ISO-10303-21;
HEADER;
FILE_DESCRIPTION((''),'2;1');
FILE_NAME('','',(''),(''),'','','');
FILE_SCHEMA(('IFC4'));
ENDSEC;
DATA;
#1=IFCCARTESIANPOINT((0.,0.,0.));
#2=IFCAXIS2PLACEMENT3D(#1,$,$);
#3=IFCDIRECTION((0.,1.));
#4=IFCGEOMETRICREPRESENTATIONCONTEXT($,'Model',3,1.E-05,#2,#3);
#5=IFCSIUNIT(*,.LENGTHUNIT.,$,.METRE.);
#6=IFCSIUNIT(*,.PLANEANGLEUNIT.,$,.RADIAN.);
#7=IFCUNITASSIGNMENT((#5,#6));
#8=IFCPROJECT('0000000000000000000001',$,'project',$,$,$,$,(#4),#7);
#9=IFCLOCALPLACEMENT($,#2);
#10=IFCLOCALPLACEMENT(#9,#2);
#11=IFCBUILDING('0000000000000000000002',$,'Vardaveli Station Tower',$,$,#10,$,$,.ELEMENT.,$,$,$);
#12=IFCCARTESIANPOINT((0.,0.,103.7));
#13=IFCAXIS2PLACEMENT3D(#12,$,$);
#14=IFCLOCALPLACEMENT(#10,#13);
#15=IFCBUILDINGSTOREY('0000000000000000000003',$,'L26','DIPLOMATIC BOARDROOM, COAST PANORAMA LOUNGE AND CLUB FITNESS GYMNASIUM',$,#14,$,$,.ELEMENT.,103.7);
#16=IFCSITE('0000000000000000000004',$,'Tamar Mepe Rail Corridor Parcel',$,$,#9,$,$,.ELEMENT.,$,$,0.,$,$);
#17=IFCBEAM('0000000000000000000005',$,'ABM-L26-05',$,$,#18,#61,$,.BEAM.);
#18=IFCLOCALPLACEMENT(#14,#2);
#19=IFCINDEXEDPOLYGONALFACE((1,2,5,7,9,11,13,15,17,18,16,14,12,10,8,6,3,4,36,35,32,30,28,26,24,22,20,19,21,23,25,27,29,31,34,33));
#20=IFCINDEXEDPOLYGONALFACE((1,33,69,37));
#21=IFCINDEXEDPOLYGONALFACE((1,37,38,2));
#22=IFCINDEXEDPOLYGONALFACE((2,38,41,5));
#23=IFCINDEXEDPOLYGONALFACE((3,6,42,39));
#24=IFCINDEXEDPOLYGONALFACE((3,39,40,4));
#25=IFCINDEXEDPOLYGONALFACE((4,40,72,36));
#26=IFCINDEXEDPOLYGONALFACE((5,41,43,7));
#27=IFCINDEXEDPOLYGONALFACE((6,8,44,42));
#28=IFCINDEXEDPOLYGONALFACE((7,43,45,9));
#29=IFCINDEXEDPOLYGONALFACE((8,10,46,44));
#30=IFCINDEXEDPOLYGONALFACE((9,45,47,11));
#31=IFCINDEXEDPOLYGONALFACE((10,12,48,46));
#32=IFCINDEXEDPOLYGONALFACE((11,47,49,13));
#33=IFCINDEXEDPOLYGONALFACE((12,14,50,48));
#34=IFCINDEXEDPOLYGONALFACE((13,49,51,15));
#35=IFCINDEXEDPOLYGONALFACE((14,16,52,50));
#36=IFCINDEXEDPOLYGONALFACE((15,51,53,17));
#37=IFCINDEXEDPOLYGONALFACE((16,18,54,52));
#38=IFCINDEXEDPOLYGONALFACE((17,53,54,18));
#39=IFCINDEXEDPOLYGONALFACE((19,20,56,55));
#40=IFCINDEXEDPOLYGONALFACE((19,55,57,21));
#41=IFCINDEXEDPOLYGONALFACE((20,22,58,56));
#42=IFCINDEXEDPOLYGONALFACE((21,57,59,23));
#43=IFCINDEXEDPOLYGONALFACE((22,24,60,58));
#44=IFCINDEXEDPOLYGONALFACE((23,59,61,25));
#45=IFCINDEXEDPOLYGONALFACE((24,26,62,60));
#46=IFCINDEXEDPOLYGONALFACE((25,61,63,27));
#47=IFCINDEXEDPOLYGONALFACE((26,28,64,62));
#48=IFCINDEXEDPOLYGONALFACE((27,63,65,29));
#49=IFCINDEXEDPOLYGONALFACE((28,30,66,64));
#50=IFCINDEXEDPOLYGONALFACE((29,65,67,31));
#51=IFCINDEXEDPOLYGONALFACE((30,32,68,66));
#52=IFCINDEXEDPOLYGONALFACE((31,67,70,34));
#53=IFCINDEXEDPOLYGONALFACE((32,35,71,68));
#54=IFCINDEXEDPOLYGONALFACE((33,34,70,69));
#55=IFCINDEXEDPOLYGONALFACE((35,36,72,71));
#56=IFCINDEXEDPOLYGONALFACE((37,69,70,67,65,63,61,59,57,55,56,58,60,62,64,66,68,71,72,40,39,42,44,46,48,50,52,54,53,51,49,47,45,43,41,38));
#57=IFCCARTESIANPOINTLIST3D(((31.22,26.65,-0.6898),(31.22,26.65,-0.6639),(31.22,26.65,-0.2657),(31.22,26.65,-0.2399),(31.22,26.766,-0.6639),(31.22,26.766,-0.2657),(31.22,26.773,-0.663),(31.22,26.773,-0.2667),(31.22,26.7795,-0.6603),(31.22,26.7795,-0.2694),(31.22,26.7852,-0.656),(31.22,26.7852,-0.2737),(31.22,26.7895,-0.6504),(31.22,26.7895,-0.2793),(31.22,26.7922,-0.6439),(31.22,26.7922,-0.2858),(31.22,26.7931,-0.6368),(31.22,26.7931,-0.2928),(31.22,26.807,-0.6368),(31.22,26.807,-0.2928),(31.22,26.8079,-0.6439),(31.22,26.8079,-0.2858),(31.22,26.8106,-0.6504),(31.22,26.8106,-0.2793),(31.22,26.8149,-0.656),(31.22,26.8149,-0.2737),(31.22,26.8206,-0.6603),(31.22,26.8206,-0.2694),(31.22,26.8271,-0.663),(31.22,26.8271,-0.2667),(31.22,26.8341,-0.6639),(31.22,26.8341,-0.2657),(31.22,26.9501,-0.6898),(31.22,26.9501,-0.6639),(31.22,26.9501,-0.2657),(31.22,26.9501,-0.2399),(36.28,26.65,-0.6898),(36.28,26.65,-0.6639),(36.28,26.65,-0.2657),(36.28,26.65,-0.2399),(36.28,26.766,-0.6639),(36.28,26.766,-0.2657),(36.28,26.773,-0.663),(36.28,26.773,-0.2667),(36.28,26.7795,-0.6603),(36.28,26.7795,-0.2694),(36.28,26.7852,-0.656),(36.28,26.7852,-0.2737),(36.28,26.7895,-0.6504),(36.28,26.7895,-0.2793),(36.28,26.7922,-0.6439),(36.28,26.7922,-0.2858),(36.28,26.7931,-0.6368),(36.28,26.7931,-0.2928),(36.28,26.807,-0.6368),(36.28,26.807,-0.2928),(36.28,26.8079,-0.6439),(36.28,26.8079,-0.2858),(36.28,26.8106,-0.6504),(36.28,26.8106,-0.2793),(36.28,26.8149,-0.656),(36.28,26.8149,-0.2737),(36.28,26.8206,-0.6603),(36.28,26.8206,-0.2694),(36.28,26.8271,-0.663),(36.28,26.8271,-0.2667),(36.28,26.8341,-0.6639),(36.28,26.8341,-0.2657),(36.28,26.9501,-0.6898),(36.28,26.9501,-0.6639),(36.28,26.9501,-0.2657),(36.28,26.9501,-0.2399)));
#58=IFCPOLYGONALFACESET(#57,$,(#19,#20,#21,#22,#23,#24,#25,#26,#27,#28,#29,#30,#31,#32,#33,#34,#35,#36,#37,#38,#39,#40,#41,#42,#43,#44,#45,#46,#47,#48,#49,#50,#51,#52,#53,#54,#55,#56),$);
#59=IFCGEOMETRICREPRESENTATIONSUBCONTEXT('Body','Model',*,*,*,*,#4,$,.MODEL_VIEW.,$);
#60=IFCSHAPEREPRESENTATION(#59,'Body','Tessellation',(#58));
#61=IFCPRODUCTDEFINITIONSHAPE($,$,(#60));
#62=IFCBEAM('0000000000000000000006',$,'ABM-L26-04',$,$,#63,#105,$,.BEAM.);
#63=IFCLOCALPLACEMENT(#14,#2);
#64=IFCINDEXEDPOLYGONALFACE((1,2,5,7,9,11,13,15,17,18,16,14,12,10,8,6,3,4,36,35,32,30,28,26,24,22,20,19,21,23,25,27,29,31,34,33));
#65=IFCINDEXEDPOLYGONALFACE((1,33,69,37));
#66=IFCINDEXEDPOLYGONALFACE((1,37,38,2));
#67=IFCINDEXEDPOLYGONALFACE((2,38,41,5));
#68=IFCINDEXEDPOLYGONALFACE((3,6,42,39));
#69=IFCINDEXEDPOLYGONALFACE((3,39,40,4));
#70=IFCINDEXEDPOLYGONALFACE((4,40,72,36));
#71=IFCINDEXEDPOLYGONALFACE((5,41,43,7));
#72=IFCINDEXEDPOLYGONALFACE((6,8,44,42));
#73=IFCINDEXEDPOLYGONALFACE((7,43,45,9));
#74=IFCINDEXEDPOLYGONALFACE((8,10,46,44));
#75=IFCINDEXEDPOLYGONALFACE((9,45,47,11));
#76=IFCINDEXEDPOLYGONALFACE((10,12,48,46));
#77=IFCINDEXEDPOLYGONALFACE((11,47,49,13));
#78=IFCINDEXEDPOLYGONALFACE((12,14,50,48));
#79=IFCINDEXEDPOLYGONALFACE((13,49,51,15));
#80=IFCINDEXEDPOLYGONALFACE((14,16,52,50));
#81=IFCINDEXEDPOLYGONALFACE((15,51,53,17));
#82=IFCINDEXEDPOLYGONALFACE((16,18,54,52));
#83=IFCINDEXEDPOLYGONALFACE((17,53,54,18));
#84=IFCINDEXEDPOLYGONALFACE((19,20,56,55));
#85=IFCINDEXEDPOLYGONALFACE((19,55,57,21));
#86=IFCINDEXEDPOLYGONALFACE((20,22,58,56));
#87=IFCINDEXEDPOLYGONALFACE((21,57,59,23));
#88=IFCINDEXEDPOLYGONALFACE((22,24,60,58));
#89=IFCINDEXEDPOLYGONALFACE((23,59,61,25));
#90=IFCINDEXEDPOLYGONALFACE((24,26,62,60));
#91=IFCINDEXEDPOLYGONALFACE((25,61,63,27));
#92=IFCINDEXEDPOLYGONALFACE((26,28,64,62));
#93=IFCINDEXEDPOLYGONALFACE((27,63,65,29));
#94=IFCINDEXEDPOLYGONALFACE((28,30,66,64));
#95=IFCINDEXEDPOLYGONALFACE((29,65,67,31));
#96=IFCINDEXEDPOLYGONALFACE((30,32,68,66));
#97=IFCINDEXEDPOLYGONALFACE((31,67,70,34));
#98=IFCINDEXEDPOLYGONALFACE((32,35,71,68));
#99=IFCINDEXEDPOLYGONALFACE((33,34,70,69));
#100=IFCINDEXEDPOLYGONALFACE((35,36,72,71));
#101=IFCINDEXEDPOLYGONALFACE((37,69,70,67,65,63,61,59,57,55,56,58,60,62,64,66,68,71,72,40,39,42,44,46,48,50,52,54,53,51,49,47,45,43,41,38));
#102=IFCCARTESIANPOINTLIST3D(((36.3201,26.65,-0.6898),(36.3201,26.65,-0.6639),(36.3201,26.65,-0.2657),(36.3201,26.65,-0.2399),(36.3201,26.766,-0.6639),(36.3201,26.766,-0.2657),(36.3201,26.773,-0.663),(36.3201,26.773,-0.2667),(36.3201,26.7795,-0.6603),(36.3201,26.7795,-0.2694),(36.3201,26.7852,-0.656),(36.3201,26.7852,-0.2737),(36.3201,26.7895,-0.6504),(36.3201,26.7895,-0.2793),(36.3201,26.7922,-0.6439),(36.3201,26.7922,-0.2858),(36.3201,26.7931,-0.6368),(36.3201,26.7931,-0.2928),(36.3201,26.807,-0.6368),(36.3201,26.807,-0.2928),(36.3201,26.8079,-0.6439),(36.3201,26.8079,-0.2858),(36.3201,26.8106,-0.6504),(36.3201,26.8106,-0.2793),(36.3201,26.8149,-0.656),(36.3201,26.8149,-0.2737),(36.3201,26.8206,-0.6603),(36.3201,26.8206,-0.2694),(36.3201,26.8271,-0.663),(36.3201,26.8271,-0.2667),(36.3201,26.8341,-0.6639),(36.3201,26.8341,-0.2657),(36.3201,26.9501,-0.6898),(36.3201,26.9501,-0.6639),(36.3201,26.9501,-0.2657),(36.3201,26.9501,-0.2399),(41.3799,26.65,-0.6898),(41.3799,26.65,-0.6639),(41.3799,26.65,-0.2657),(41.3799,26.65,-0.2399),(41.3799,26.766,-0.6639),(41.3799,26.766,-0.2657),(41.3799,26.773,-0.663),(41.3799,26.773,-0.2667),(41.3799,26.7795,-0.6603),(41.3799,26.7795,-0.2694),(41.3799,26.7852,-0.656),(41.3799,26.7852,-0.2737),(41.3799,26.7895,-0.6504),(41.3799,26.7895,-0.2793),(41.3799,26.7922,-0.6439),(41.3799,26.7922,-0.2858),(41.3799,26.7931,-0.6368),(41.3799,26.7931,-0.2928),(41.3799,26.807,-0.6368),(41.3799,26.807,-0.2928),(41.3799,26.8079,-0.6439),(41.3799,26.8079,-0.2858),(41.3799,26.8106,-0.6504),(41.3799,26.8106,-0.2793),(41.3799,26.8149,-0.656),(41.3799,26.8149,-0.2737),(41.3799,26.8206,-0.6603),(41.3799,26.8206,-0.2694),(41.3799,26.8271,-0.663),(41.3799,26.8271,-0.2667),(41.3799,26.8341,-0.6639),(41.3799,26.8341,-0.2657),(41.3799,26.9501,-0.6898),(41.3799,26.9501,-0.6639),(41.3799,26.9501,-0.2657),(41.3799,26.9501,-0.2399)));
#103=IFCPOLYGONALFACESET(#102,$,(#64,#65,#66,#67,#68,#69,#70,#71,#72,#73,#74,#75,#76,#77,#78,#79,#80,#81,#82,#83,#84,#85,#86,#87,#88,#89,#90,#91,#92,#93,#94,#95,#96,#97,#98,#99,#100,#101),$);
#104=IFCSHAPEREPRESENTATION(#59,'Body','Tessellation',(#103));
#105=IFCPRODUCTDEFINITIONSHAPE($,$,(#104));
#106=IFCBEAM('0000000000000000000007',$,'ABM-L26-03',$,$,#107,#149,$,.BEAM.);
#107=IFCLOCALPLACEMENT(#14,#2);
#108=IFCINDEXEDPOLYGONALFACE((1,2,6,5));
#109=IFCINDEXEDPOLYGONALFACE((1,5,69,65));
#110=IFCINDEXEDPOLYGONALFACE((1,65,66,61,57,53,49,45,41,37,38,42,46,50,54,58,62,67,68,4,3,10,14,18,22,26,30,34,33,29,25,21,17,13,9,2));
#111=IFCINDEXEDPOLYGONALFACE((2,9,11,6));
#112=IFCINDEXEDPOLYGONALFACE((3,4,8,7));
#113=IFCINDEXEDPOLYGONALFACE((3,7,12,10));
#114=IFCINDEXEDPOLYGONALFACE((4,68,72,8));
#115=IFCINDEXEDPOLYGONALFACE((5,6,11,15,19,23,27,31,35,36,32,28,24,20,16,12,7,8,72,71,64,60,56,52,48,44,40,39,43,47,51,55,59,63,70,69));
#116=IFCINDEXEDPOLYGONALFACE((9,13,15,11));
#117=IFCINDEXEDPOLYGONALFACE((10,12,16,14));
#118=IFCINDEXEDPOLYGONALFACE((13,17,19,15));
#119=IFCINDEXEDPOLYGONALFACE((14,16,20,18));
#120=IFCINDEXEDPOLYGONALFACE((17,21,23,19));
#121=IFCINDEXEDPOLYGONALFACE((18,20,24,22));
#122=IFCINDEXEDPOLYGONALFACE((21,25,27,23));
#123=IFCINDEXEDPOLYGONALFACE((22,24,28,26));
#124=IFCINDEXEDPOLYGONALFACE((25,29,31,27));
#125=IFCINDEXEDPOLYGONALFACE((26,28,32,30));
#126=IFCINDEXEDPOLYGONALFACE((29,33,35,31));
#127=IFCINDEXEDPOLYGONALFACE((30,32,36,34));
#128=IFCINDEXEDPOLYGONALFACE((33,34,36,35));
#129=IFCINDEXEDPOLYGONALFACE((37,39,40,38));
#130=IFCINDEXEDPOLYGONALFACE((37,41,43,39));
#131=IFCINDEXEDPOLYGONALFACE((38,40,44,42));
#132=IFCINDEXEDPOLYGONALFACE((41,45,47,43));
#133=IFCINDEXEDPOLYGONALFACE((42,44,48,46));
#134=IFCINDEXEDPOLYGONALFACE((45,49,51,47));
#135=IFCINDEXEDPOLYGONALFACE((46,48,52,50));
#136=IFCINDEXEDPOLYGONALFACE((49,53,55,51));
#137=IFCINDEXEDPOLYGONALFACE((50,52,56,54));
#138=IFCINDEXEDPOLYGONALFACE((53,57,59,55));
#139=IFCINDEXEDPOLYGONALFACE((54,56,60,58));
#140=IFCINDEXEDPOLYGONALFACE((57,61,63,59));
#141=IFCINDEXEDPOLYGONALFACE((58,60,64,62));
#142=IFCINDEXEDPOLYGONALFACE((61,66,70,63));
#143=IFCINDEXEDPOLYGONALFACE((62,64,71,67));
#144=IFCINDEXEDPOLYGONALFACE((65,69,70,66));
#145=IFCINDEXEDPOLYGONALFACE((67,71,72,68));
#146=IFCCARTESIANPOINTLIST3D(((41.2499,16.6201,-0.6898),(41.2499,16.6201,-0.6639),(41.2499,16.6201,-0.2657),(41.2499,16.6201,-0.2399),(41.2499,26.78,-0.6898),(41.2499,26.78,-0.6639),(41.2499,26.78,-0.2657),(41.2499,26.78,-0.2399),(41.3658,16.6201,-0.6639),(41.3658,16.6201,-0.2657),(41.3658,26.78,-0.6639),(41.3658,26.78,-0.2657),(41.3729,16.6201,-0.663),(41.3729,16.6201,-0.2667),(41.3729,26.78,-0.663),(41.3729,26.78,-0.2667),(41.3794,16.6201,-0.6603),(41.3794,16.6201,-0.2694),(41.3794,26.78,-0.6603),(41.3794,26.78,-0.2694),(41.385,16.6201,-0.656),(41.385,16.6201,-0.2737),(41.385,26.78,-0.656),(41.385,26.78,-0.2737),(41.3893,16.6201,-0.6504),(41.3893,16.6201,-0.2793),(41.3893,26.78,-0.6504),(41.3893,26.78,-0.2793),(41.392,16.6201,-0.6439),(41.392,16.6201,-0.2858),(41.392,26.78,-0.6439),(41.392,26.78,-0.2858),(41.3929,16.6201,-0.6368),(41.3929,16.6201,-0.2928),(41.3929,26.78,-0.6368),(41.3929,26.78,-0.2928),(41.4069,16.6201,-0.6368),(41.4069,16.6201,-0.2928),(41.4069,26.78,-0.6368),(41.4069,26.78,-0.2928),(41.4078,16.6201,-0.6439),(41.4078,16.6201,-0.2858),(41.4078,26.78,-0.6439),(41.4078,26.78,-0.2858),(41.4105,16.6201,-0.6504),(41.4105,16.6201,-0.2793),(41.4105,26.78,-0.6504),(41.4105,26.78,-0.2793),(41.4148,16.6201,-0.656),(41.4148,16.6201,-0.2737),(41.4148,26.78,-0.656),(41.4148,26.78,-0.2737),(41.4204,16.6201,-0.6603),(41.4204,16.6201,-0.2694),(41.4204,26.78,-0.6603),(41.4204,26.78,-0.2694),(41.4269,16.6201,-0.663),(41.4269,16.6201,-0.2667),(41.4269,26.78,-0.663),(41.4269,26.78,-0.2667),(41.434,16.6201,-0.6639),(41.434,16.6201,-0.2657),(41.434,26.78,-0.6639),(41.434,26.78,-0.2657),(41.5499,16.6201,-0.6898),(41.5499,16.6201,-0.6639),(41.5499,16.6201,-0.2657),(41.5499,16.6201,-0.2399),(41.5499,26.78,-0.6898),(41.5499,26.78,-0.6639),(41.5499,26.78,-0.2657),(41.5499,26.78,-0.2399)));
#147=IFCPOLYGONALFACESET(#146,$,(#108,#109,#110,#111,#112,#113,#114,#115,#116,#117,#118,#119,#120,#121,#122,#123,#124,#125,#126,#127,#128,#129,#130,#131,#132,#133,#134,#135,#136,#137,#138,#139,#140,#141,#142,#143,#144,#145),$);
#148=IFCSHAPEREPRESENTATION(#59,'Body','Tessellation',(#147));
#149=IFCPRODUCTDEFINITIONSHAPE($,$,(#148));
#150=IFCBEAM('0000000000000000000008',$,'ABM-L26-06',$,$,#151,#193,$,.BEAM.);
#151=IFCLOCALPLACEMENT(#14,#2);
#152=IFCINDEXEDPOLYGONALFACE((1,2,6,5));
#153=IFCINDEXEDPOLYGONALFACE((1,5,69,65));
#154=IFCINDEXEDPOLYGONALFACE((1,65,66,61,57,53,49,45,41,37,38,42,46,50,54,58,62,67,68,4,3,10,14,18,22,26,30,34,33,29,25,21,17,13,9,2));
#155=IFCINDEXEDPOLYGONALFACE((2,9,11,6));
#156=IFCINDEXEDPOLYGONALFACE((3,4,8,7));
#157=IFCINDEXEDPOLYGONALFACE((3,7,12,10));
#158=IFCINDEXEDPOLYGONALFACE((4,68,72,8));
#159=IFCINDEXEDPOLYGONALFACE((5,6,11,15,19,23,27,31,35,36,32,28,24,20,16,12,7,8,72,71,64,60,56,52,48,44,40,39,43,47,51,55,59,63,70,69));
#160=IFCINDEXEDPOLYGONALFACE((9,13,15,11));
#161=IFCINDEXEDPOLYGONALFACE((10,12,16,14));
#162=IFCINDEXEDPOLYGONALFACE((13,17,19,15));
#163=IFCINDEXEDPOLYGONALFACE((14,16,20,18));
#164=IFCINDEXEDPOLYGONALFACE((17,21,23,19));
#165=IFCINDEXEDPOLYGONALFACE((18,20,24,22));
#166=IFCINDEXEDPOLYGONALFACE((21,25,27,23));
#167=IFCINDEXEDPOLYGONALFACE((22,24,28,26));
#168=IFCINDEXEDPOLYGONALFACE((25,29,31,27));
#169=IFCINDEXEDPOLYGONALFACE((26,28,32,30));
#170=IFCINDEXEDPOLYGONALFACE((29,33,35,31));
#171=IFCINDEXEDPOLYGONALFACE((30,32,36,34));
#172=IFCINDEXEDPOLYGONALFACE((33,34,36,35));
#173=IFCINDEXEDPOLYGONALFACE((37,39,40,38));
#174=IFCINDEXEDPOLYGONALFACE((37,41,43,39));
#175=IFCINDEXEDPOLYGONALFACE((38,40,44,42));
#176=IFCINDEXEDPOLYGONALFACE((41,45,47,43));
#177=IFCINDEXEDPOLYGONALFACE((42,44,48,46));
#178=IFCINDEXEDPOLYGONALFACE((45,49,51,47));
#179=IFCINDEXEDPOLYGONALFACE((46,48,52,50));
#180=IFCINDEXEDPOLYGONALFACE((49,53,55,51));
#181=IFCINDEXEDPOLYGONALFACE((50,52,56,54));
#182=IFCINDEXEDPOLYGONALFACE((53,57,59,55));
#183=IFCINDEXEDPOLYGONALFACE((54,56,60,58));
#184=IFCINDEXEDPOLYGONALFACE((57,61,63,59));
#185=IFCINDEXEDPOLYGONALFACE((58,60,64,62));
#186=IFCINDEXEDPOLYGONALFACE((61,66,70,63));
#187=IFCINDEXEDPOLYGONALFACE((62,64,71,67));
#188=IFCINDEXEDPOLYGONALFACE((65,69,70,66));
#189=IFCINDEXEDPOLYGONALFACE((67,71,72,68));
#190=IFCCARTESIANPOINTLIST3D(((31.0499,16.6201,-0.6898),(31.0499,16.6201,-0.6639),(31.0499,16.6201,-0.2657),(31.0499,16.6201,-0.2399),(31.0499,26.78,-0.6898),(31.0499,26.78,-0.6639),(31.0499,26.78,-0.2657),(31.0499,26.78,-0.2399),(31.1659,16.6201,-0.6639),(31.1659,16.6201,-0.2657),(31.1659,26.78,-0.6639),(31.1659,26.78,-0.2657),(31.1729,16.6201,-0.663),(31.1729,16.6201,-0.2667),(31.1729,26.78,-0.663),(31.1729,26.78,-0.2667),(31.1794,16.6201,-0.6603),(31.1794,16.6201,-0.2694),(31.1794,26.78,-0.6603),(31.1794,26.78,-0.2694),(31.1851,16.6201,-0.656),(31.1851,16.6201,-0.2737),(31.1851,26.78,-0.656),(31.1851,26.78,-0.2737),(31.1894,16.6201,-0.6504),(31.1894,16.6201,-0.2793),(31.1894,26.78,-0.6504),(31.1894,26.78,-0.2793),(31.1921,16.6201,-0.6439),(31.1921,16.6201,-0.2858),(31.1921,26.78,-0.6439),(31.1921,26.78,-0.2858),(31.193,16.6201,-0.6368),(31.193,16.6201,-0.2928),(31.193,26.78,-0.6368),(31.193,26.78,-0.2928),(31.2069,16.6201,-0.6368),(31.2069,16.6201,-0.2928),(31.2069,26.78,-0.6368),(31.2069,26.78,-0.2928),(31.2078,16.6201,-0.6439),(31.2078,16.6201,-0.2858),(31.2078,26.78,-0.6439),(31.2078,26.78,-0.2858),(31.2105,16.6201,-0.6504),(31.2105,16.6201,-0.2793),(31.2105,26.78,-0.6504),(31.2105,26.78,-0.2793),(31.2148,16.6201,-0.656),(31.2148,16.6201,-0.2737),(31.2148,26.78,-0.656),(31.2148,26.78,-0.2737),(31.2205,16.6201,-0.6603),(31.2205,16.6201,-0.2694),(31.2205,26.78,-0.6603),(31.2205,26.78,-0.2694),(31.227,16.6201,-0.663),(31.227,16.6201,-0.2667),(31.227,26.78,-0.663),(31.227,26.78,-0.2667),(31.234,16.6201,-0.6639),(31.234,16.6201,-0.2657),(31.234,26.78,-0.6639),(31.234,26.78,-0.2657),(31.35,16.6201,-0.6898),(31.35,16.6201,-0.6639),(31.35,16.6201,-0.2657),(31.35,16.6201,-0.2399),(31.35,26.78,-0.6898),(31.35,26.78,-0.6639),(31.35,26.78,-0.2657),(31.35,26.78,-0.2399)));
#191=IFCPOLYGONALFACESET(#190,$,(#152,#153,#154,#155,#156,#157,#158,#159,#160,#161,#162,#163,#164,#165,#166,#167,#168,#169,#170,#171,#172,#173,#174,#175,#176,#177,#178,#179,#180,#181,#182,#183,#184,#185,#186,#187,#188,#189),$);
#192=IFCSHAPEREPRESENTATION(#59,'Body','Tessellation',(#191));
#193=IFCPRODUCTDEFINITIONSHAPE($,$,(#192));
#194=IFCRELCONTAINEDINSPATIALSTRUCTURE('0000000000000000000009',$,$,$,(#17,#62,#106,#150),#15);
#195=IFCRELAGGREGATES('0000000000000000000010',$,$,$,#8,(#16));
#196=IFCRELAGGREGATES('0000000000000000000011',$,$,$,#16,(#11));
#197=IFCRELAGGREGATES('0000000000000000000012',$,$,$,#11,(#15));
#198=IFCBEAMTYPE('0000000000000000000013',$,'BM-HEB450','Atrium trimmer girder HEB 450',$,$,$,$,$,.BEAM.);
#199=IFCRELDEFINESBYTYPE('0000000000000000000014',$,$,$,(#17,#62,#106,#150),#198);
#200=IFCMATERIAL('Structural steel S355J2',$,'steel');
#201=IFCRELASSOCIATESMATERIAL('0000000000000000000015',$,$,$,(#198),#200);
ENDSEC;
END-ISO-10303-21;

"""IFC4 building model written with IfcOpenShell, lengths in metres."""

from ifc_helpers import new_model, si_unit, direction, frame, origin, origin_2d, place, context, subcontext, project, spatial, i_section, extrude, source, transform, mapped, material, material_profile, profile_set, type_object, element, save


model = new_model("IFC4")

# Units and contexts
model_context = context("Model", 3, precision=1e-05, world=origin(), true_north=direction((0.0, 1.0)))
body_context = subcontext(model_context, "Body", "Model", "MODEL_VIEW")
ifc_project = project(units=[si_unit("LENGTHUNIT", "METRE"), si_unit("PLANEANGLEUNIT", "RADIAN")], contexts=[model_context])

# Site, building, storey
site_placement = place(None, origin())
site = spatial("IfcSite", under=ifc_project, at=site_placement, Name="Tamar Mepe Rail Corridor Parcel", CompositionType="ELEMENT", RefElevation=0.0)
building_placement = place(site_placement, origin())
building = spatial("IfcBuilding", under=site, at=building_placement, Name="Vardaveli Station Tower", CompositionType="ELEMENT")
storey_placement = place(building_placement, frame((0.0, 0.0, 103.7)))
storey = spatial("IfcBuildingStorey", under=building, at=storey_placement, Name="L26", Description="DIPLOMATIC BOARDROOM, COAST PANORAMA LOUNGE AND CLUB FITNESS GYMNASIUM", CompositionType="ELEMENT", Elevation=103.7)

# Beams
ifc_material_1 = material(Name="Structural steel S355J2", Category="steel")
ifc_material_profile_1 = material_profile(ifc_material_1, i_section(OverallWidth=0.3, OverallDepth=0.45, WebThickness=0.0139, FlangeThickness=0.0259, FilletRadius=0.0271, at=origin_2d()), Name="HEB 450")
ifc_profile_set_1 = profile_set([ifc_material_profile_1], Name="Structural steel S355J2")
beam_type_1 = type_object("IfcBeamType", Name="BM-HEB450", Description="Atrium trimmer girder HEB 450", PredefinedType="BEAM", material=ifc_profile_set_1)
shared_shape_1 = source(origin(), body_context, "Body", "SweptSolid", [
    extrude(i_section(OverallWidth=0.3, OverallDepth=0.45, WebThickness=0.0139, FlangeThickness=0.0259, FilletRadius=0.0271, at=origin_2d()), origin(), (0.0, 0.0, 1.0), 5.0601),
])
beam_1_placement = place(storey_placement, frame((36.28, 26.8, -0.4648), z_axis=(-1.0, 0.0, 0.0), x_axis=(0.0, -1.0, 0.0)))
element("IfcBeam", 1, at=beam_1_placement, inside=storey, type_object=beam_type_1, Name="ABM-L26-05", PredefinedType="BEAM", context=body_context, shape_type="MappedRepresentation", body=[
    mapped(shared_shape_1, transform((0.0, 0.0, 0.0), scale=1.0)),
])
shared_shape_2 = source(origin(), body_context, "Body", "SweptSolid", [
    extrude(i_section(OverallWidth=0.3, OverallDepth=0.45, WebThickness=0.0139, FlangeThickness=0.0259, FilletRadius=0.0271, at=origin_2d()), origin(), (0.0, 0.0, 1.0), 5.0598),
])
beam_2_placement = place(storey_placement, frame((41.3799, 26.8, -0.4648), z_axis=(-1.0, 0.0, 0.0), x_axis=(0.0, -1.0, 0.0)))
element("IfcBeam", 2, at=beam_2_placement, inside=storey, type_object=beam_type_1, Name="ABM-L26-04", PredefinedType="BEAM", context=body_context, shape_type="MappedRepresentation", body=[
    mapped(shared_shape_2, transform((0.0, 0.0, 0.0), scale=1.0)),
])
shared_shape_3 = source(origin(), body_context, "Body", "SweptSolid", [
    extrude(i_section(OverallWidth=0.3, OverallDepth=0.45, WebThickness=0.0139, FlangeThickness=0.0259, FilletRadius=0.0271, at=origin_2d()), origin(), (0.0, 0.0, 1.0), 10.1599),
])
for number, where, z_axis, x_axis, name in (
    (3, (41.3999, 16.6201, -0.4648), (0.0, 1.0, 0.0), (-1.0, 0.0, 0.0), "ABM-L26-03"),
    (4, (31.2, 26.78, -0.4648), (0.0, -1.0, 0.0), (1.0, 0.0, 0.0), "ABM-L26-06"),
):
    element("IfcBeam", number, at=place(storey_placement, frame(where, z_axis=z_axis, x_axis=x_axis)), inside=storey, type_object=beam_type_1, Name=name, PredefinedType="BEAM", context=body_context, shape_type="MappedRepresentation", body=[
        mapped(shared_shape_3, transform((0.0, 0.0, 0.0), scale=1.0)),
    ])

save(model, "model.ifc")
